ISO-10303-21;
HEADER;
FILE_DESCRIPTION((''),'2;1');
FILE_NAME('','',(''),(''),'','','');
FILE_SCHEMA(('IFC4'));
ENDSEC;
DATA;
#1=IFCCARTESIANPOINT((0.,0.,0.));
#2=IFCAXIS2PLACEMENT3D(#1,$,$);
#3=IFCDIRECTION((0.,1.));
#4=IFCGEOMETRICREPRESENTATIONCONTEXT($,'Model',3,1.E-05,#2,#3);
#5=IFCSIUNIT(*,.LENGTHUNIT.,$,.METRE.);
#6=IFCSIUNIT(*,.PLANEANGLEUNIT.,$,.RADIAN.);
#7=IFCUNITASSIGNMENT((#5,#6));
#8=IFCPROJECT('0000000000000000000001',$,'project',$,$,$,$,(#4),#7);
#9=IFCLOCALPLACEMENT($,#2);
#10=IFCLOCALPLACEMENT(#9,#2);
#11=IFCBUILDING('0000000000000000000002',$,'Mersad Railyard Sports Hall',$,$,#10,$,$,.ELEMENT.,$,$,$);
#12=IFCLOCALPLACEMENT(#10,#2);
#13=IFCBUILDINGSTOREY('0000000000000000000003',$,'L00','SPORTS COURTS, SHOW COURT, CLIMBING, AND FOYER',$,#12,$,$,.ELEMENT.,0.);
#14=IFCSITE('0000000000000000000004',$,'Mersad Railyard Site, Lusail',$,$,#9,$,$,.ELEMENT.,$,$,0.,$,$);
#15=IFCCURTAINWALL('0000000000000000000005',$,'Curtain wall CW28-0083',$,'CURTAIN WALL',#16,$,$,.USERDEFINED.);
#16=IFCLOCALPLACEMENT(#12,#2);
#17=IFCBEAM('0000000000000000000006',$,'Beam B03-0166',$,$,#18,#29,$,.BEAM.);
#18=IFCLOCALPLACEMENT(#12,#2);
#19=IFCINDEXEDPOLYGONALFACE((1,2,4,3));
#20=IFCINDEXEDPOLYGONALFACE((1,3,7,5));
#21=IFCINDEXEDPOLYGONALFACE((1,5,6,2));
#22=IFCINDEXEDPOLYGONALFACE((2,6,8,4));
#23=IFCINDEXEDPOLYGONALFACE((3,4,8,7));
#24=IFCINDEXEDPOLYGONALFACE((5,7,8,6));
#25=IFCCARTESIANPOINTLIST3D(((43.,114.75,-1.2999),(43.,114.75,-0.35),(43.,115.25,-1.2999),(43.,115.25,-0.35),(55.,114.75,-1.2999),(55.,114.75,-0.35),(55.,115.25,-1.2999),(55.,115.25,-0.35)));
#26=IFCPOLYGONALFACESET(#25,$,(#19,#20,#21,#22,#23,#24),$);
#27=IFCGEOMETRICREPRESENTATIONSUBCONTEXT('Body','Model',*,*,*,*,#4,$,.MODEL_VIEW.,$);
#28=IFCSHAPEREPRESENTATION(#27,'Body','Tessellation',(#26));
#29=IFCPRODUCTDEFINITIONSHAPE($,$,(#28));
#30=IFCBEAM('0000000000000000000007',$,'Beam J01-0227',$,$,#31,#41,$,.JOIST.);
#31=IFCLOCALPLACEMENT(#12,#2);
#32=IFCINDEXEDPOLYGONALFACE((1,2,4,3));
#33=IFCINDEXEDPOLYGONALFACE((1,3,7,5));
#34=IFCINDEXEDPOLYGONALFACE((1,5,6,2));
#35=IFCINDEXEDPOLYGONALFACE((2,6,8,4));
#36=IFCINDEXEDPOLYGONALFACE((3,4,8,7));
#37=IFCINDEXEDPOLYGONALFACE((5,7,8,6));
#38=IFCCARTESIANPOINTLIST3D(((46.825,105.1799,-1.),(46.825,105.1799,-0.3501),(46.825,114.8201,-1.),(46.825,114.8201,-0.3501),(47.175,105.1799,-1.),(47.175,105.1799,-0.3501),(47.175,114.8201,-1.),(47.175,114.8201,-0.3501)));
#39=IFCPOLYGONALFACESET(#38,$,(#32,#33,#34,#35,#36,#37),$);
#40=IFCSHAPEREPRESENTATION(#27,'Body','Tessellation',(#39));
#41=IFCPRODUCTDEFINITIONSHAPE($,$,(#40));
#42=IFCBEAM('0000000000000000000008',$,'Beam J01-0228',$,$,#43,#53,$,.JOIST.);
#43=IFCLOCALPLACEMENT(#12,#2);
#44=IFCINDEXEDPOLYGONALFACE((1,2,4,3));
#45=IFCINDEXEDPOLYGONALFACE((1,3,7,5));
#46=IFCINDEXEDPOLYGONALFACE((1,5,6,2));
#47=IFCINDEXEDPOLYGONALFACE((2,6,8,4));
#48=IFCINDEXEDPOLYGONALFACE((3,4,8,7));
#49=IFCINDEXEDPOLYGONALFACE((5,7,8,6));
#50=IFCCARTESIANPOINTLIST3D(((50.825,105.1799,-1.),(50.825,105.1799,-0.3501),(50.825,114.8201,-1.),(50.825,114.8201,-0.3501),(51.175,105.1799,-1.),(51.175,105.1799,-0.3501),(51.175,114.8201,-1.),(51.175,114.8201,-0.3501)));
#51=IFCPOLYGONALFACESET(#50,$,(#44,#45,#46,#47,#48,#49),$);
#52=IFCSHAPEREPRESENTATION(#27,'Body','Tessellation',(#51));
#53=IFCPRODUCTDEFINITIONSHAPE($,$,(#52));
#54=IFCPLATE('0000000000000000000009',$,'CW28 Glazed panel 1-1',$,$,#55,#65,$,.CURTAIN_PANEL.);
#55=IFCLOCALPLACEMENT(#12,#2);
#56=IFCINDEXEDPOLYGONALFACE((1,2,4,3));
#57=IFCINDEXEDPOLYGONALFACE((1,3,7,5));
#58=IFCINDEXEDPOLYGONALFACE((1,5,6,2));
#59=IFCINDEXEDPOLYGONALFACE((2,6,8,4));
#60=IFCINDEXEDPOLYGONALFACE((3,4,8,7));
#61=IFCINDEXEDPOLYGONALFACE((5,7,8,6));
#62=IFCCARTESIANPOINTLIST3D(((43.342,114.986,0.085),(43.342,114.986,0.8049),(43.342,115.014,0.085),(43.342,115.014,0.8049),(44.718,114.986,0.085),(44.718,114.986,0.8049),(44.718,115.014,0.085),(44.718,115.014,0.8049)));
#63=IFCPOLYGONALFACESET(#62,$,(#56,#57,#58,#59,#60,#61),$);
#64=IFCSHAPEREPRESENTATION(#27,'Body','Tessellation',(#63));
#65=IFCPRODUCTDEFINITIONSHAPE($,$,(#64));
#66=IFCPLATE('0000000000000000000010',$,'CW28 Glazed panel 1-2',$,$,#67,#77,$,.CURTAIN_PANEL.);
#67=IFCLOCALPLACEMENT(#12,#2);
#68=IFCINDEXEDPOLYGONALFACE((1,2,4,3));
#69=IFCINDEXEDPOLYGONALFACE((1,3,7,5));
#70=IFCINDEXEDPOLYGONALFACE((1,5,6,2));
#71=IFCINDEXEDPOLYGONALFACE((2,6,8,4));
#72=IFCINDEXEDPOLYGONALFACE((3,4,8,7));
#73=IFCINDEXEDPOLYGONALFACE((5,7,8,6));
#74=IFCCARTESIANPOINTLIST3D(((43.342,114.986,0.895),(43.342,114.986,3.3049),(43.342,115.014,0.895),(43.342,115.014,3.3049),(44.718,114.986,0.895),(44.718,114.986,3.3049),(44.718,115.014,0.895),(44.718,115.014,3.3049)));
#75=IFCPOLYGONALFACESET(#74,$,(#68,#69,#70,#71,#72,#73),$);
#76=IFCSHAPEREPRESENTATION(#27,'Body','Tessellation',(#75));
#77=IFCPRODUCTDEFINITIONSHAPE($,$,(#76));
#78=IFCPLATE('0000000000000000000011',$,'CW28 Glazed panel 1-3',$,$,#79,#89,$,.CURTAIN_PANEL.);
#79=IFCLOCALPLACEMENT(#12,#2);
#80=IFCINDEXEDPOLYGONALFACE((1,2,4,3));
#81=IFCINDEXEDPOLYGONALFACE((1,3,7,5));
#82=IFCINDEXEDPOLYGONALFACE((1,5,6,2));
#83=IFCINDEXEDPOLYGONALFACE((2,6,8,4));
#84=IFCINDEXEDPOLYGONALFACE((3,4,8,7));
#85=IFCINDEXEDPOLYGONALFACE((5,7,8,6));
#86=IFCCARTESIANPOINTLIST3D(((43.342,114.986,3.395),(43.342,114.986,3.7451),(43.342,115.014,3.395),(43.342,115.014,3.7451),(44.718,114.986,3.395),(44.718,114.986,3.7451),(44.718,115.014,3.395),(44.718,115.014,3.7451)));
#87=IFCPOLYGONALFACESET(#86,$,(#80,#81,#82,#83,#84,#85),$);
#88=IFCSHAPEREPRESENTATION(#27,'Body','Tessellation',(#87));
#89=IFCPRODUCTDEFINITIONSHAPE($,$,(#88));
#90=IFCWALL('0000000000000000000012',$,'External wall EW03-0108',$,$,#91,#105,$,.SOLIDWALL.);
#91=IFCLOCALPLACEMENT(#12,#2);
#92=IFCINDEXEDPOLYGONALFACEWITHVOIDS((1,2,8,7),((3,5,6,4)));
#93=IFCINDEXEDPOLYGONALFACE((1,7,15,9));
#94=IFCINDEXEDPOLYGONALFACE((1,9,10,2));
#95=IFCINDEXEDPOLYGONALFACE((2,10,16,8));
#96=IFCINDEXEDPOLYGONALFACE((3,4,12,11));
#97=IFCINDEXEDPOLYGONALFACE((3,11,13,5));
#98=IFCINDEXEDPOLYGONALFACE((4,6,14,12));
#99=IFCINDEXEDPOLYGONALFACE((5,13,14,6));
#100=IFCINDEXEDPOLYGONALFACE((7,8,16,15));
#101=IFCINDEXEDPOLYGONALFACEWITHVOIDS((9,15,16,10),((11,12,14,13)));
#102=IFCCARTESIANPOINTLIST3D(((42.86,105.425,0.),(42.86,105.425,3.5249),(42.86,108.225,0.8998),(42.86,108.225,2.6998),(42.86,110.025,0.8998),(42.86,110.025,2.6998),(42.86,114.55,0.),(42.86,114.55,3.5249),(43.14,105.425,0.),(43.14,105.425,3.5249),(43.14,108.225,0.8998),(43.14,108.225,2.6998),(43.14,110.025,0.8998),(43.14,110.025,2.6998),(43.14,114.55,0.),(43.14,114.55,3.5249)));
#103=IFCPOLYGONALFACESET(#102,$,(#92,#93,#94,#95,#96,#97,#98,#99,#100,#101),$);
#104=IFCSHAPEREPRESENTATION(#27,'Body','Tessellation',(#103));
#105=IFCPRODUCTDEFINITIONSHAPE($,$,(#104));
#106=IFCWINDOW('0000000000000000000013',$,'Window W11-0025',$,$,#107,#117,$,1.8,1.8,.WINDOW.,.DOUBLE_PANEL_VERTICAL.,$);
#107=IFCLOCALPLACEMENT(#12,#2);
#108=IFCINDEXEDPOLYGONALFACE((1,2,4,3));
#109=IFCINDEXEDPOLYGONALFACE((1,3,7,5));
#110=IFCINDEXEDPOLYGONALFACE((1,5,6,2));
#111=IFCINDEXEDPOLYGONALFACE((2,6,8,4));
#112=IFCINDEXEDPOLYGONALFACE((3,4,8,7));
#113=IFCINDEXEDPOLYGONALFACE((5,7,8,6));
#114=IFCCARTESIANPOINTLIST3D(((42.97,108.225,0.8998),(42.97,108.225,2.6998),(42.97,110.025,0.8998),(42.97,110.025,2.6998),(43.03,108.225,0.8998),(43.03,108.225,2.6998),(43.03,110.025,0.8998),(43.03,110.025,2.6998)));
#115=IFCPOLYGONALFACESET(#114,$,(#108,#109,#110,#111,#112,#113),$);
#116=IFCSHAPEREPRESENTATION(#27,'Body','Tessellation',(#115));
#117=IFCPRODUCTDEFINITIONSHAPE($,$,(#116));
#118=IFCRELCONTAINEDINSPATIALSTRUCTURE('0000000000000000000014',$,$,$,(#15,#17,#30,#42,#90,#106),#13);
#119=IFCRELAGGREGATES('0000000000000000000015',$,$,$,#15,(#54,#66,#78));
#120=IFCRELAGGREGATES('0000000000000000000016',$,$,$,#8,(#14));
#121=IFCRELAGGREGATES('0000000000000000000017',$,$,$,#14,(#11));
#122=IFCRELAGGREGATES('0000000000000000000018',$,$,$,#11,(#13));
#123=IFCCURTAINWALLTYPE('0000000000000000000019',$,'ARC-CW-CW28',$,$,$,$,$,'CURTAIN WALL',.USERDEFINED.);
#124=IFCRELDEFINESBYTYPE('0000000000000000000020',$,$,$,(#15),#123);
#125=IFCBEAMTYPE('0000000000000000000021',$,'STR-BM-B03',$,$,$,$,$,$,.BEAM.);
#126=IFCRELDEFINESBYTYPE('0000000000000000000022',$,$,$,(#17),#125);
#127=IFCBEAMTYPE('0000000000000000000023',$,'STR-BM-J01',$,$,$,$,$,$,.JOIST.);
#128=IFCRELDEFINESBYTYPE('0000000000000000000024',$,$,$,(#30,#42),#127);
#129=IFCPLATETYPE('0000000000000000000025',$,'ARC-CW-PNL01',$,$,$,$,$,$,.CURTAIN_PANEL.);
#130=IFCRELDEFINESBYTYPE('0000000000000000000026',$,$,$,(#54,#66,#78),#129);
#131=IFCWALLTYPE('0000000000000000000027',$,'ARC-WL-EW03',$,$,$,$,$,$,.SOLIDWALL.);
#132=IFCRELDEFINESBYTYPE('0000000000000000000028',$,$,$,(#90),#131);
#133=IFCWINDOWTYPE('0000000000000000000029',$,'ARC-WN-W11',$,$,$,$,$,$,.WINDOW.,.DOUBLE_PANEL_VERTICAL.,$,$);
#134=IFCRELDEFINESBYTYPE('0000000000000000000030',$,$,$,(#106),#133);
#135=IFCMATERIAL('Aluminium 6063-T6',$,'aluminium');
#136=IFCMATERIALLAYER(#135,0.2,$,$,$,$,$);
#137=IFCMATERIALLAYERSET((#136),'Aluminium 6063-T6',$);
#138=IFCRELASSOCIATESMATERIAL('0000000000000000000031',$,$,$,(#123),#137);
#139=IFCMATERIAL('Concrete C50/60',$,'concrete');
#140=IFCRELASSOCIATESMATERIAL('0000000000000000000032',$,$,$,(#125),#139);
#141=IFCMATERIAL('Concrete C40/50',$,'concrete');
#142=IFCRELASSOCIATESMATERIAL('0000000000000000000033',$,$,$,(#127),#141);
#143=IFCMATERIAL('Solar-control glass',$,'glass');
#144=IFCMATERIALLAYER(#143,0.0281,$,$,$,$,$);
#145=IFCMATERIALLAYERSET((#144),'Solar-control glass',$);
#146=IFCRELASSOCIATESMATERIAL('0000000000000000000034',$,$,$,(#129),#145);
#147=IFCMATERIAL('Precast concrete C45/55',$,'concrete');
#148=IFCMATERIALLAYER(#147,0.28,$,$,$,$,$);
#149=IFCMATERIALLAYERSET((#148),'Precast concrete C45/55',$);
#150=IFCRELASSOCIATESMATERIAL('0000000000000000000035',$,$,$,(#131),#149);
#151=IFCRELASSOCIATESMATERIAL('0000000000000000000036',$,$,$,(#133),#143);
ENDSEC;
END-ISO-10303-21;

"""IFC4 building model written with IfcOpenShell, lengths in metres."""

from ifc_helpers import new_model, si_unit, direction, frame, frame_2d, origin, origin_2d, place, context, subcontext, project, spatial, rectangle, extrude, material, layer, layer_set, material_profile, profile_set, type_object, element, fill, aggregate, save


model = new_model("IFC4")

# Units and contexts
model_context = context("Model", 3, precision=1e-05, world=origin(), true_north=direction((0.0, 1.0)))
body_context = subcontext(model_context, "Body", "Model", "MODEL_VIEW")
ifc_project = project(units=[si_unit("LENGTHUNIT", "METRE"), si_unit("PLANEANGLEUNIT", "RADIAN")], contexts=[model_context])

# Site, building, storey
site_placement = place(None, origin())
site = spatial("IfcSite", under=ifc_project, at=site_placement, Name="Mersad Railyard Site, Lusail", CompositionType="ELEMENT", RefElevation=0.0)
building_placement = place(site_placement, origin())
building = spatial("IfcBuilding", under=site, at=building_placement, Name="Mersad Railyard Sports Hall", CompositionType="ELEMENT")
storey_placement = place(building_placement, origin())
storey = spatial("IfcBuildingStorey", under=building, at=storey_placement, Name="L00", Description="SPORTS COURTS, SHOW COURT, CLIMBING, AND FOYER", CompositionType="ELEMENT", Elevation=0.0)

# Shared definitions
ifc_material_1 = material(Name="Concrete C50/60", Category="concrete")

# Curtain wall
ifc_material_2 = material(Name="Aluminium 6063-T6", Category="aluminium")
ifc_layer_1 = layer(ifc_material_2, 0.2)
ifc_layer_set_1 = layer_set([ifc_layer_1], Name="Aluminium 6063-T6")
curtain_wall_type = type_object("IfcCurtainWallType", Name="ARC-CW-CW28", ElementType="CURTAIN WALL", PredefinedType="USERDEFINED", material=ifc_layer_set_1)
curtain_wall_placement = place(storey_placement, origin())
curtain_wall = element("IfcCurtainWall", 1, at=curtain_wall_placement, inside=storey, type_object=curtain_wall_type, Name="Curtain wall CW28-0083", ObjectType="CURTAIN WALL", PredefinedType="USERDEFINED")

# Beams
ifc_material_profile_1 = material_profile(ifc_material_1, rectangle(XDim=0.5, YDim=0.95, at=origin_2d()), Name="RC 500x950")
ifc_profile_set_1 = profile_set([ifc_material_profile_1], Name="Concrete C50/60")
beam_type_1 = type_object("IfcBeamType", Name="STR-BM-B03", PredefinedType="BEAM", material=ifc_profile_set_1)
beam_placement = place(storey_placement, frame((43.0, 115.0, -0.825), z_axis=(1.0, 0.0, 0.0), x_axis=(0.0, 1.0, 0.0)))
element("IfcBeam", 2, at=beam_placement, inside=storey, type_object=beam_type_1, Name="Beam B03-0166", PredefinedType="BEAM", context=body_context, shape_type="SweptSolid", body=[
    extrude(rectangle(XDim=0.5, YDim=0.95, at=origin_2d()), origin(), (0.0, 0.0, 1.0), 12.0),
])
ifc_material_3 = material(Name="Concrete C40/50", Category="concrete")
ifc_material_profile_2 = material_profile(ifc_material_3, rectangle(XDim=0.3501, YDim=0.6499, at=origin_2d()), Name="RC 350x650")
ifc_profile_set_2 = profile_set([ifc_material_profile_2], Name="Concrete C40/50")
beam_type_2 = type_object("IfcBeamType", Name="STR-BM-J01", PredefinedType="JOIST", material=ifc_profile_set_2)
for number, where, z_axis, x_axis, name in (
    (3, (47.0, 105.1799, -0.675), (0.0, 1.0, 0.0), (-1.0, 0.0, 0.0), "Beam J01-0227"),
    (4, (51.0, 105.1799, -0.675), (0.0, 1.0, 0.0), (-1.0, 0.0, 0.0), "Beam J01-0228"),
):
    element("IfcBeam", number, at=place(storey_placement, frame(where, z_axis=z_axis, x_axis=x_axis)), inside=storey, type_object=beam_type_2, Name=name, PredefinedType="JOIST", context=body_context, shape_type="SweptSolid", body=[
        extrude(rectangle(XDim=0.3501, YDim=0.6499, at=origin_2d()), origin(), (0.0, 0.0, 1.0), 9.6401),
    ])

# Plates
ifc_material_4 = material(Name="Solar-control glass", Category="glass")
ifc_layer_2 = layer(ifc_material_4, 0.0281)
ifc_layer_set_2 = layer_set([ifc_layer_2], Name="Solar-control glass")
plate_type = type_object("IfcPlateType", Name="ARC-CW-PNL01", PredefinedType="CURTAIN_PANEL", material=ifc_layer_set_2)
plate_1_placement = place(storey_placement, frame((44.03, 115.0, 0.085), z_axis=(0.0, 0.0, 1.0), x_axis=(1.0, 0.0, 0.0)))
plate_1 = element("IfcPlate", 5, at=plate_1_placement, type_object=plate_type, Name="CW28 Glazed panel 1-1", PredefinedType="CURTAIN_PANEL", context=body_context, shape_type="SweptSolid", body=[
    extrude(rectangle(XDim=1.376, YDim=0.0281, at=origin_2d()), origin(), (0.0, 0.0, 1.0), 0.72),
])
plate_2_placement = place(storey_placement, frame((44.03, 115.0, 0.895), z_axis=(0.0, 0.0, 1.0), x_axis=(1.0, 0.0, 0.0)))
plate_2 = element("IfcPlate", 6, at=plate_2_placement, type_object=plate_type, Name="CW28 Glazed panel 1-2", PredefinedType="CURTAIN_PANEL", context=body_context, shape_type="SweptSolid", body=[
    extrude(rectangle(XDim=1.376, YDim=0.0281, at=origin_2d()), origin(), (0.0, 0.0, 1.0), 2.4099),
])
plate_3_placement = place(storey_placement, frame((44.03, 115.0, 3.395), z_axis=(0.0, 0.0, 1.0), x_axis=(1.0, 0.0, 0.0)))
plate_3 = element("IfcPlate", 7, at=plate_3_placement, type_object=plate_type, Name="CW28 Glazed panel 1-3", PredefinedType="CURTAIN_PANEL", context=body_context, shape_type="SweptSolid", body=[
    extrude(rectangle(XDim=1.376, YDim=0.0281, at=origin_2d()), origin(), (0.0, 0.0, 1.0), 0.3501),
])
aggregate(curtain_wall, [plate_1, plate_2, plate_3])

# Wall, opening, window
ifc_material_5 = material(Name="Precast concrete C45/55", Category="concrete")
ifc_layer_3 = layer(ifc_material_5, 0.28)
ifc_layer_set_3 = layer_set([ifc_layer_3], Name="Precast concrete C45/55")
wall_type = type_object("IfcWallType", Name="ARC-WL-EW03", PredefinedType="SOLIDWALL", material=ifc_layer_set_3)
wall_placement = place(storey_placement, frame((43.0, 105.425, 0.0), z_axis=(0.0, 0.0, 1.0), x_axis=(0.0, 1.0, 0.0)))
wall = element("IfcWall", 8, at=wall_placement, inside=storey, type_object=wall_type, Name="External wall EW03-0108", PredefinedType="SOLIDWALL", context=body_context, shape_type="SweptSolid", body=[
    extrude(rectangle(XDim=9.125, YDim=0.28, at=frame_2d((4.5625, 0.0))), origin(), (0.0, 0.0, 1.0), 3.5249),
])
opening_placement = place(wall_placement, frame((2.8, 0.0, 0.8999)))
opening = element("IfcOpeningElement", 9, at=opening_placement, cuts=wall, PredefinedType="OPENING", context=body_context, shape_type="SweptSolid", body=[
    extrude(rectangle(XDim=1.8, YDim=1.8, at=frame_2d((0.8999, 0.8999))), frame((0.0, 0.1499, 0.0), z_axis=(0.0, -1.0, 0.0), x_axis=(1.0, 0.0, 0.0)), (0.0, 0.0, 1.0), 0.3),
])
window_type = type_object("IfcWindowType", Name="ARC-WN-W11", PartitioningType="DOUBLE_PANEL_VERTICAL", PredefinedType="WINDOW", material=ifc_material_4)
window_placement = place(opening_placement, origin())
window = element("IfcWindow", 10, at=window_placement, inside=storey, type_object=window_type, Name="Window W11-0025", OverallHeight=1.8, OverallWidth=1.8, PartitioningType="DOUBLE_PANEL_VERTICAL", PredefinedType="WINDOW", context=body_context, shape_type="SweptSolid", body=[
    extrude(rectangle(XDim=1.8, YDim=1.8, at=frame_2d((0.8999, 0.8999))), frame((0.0, 0.03, 0.0), z_axis=(0.0, -1.0, 0.0), x_axis=(1.0, 0.0, 0.0)), (0.0, 0.0, 1.0), 0.0601),
])
fill(opening, window)

save(model, "model.ifc")
